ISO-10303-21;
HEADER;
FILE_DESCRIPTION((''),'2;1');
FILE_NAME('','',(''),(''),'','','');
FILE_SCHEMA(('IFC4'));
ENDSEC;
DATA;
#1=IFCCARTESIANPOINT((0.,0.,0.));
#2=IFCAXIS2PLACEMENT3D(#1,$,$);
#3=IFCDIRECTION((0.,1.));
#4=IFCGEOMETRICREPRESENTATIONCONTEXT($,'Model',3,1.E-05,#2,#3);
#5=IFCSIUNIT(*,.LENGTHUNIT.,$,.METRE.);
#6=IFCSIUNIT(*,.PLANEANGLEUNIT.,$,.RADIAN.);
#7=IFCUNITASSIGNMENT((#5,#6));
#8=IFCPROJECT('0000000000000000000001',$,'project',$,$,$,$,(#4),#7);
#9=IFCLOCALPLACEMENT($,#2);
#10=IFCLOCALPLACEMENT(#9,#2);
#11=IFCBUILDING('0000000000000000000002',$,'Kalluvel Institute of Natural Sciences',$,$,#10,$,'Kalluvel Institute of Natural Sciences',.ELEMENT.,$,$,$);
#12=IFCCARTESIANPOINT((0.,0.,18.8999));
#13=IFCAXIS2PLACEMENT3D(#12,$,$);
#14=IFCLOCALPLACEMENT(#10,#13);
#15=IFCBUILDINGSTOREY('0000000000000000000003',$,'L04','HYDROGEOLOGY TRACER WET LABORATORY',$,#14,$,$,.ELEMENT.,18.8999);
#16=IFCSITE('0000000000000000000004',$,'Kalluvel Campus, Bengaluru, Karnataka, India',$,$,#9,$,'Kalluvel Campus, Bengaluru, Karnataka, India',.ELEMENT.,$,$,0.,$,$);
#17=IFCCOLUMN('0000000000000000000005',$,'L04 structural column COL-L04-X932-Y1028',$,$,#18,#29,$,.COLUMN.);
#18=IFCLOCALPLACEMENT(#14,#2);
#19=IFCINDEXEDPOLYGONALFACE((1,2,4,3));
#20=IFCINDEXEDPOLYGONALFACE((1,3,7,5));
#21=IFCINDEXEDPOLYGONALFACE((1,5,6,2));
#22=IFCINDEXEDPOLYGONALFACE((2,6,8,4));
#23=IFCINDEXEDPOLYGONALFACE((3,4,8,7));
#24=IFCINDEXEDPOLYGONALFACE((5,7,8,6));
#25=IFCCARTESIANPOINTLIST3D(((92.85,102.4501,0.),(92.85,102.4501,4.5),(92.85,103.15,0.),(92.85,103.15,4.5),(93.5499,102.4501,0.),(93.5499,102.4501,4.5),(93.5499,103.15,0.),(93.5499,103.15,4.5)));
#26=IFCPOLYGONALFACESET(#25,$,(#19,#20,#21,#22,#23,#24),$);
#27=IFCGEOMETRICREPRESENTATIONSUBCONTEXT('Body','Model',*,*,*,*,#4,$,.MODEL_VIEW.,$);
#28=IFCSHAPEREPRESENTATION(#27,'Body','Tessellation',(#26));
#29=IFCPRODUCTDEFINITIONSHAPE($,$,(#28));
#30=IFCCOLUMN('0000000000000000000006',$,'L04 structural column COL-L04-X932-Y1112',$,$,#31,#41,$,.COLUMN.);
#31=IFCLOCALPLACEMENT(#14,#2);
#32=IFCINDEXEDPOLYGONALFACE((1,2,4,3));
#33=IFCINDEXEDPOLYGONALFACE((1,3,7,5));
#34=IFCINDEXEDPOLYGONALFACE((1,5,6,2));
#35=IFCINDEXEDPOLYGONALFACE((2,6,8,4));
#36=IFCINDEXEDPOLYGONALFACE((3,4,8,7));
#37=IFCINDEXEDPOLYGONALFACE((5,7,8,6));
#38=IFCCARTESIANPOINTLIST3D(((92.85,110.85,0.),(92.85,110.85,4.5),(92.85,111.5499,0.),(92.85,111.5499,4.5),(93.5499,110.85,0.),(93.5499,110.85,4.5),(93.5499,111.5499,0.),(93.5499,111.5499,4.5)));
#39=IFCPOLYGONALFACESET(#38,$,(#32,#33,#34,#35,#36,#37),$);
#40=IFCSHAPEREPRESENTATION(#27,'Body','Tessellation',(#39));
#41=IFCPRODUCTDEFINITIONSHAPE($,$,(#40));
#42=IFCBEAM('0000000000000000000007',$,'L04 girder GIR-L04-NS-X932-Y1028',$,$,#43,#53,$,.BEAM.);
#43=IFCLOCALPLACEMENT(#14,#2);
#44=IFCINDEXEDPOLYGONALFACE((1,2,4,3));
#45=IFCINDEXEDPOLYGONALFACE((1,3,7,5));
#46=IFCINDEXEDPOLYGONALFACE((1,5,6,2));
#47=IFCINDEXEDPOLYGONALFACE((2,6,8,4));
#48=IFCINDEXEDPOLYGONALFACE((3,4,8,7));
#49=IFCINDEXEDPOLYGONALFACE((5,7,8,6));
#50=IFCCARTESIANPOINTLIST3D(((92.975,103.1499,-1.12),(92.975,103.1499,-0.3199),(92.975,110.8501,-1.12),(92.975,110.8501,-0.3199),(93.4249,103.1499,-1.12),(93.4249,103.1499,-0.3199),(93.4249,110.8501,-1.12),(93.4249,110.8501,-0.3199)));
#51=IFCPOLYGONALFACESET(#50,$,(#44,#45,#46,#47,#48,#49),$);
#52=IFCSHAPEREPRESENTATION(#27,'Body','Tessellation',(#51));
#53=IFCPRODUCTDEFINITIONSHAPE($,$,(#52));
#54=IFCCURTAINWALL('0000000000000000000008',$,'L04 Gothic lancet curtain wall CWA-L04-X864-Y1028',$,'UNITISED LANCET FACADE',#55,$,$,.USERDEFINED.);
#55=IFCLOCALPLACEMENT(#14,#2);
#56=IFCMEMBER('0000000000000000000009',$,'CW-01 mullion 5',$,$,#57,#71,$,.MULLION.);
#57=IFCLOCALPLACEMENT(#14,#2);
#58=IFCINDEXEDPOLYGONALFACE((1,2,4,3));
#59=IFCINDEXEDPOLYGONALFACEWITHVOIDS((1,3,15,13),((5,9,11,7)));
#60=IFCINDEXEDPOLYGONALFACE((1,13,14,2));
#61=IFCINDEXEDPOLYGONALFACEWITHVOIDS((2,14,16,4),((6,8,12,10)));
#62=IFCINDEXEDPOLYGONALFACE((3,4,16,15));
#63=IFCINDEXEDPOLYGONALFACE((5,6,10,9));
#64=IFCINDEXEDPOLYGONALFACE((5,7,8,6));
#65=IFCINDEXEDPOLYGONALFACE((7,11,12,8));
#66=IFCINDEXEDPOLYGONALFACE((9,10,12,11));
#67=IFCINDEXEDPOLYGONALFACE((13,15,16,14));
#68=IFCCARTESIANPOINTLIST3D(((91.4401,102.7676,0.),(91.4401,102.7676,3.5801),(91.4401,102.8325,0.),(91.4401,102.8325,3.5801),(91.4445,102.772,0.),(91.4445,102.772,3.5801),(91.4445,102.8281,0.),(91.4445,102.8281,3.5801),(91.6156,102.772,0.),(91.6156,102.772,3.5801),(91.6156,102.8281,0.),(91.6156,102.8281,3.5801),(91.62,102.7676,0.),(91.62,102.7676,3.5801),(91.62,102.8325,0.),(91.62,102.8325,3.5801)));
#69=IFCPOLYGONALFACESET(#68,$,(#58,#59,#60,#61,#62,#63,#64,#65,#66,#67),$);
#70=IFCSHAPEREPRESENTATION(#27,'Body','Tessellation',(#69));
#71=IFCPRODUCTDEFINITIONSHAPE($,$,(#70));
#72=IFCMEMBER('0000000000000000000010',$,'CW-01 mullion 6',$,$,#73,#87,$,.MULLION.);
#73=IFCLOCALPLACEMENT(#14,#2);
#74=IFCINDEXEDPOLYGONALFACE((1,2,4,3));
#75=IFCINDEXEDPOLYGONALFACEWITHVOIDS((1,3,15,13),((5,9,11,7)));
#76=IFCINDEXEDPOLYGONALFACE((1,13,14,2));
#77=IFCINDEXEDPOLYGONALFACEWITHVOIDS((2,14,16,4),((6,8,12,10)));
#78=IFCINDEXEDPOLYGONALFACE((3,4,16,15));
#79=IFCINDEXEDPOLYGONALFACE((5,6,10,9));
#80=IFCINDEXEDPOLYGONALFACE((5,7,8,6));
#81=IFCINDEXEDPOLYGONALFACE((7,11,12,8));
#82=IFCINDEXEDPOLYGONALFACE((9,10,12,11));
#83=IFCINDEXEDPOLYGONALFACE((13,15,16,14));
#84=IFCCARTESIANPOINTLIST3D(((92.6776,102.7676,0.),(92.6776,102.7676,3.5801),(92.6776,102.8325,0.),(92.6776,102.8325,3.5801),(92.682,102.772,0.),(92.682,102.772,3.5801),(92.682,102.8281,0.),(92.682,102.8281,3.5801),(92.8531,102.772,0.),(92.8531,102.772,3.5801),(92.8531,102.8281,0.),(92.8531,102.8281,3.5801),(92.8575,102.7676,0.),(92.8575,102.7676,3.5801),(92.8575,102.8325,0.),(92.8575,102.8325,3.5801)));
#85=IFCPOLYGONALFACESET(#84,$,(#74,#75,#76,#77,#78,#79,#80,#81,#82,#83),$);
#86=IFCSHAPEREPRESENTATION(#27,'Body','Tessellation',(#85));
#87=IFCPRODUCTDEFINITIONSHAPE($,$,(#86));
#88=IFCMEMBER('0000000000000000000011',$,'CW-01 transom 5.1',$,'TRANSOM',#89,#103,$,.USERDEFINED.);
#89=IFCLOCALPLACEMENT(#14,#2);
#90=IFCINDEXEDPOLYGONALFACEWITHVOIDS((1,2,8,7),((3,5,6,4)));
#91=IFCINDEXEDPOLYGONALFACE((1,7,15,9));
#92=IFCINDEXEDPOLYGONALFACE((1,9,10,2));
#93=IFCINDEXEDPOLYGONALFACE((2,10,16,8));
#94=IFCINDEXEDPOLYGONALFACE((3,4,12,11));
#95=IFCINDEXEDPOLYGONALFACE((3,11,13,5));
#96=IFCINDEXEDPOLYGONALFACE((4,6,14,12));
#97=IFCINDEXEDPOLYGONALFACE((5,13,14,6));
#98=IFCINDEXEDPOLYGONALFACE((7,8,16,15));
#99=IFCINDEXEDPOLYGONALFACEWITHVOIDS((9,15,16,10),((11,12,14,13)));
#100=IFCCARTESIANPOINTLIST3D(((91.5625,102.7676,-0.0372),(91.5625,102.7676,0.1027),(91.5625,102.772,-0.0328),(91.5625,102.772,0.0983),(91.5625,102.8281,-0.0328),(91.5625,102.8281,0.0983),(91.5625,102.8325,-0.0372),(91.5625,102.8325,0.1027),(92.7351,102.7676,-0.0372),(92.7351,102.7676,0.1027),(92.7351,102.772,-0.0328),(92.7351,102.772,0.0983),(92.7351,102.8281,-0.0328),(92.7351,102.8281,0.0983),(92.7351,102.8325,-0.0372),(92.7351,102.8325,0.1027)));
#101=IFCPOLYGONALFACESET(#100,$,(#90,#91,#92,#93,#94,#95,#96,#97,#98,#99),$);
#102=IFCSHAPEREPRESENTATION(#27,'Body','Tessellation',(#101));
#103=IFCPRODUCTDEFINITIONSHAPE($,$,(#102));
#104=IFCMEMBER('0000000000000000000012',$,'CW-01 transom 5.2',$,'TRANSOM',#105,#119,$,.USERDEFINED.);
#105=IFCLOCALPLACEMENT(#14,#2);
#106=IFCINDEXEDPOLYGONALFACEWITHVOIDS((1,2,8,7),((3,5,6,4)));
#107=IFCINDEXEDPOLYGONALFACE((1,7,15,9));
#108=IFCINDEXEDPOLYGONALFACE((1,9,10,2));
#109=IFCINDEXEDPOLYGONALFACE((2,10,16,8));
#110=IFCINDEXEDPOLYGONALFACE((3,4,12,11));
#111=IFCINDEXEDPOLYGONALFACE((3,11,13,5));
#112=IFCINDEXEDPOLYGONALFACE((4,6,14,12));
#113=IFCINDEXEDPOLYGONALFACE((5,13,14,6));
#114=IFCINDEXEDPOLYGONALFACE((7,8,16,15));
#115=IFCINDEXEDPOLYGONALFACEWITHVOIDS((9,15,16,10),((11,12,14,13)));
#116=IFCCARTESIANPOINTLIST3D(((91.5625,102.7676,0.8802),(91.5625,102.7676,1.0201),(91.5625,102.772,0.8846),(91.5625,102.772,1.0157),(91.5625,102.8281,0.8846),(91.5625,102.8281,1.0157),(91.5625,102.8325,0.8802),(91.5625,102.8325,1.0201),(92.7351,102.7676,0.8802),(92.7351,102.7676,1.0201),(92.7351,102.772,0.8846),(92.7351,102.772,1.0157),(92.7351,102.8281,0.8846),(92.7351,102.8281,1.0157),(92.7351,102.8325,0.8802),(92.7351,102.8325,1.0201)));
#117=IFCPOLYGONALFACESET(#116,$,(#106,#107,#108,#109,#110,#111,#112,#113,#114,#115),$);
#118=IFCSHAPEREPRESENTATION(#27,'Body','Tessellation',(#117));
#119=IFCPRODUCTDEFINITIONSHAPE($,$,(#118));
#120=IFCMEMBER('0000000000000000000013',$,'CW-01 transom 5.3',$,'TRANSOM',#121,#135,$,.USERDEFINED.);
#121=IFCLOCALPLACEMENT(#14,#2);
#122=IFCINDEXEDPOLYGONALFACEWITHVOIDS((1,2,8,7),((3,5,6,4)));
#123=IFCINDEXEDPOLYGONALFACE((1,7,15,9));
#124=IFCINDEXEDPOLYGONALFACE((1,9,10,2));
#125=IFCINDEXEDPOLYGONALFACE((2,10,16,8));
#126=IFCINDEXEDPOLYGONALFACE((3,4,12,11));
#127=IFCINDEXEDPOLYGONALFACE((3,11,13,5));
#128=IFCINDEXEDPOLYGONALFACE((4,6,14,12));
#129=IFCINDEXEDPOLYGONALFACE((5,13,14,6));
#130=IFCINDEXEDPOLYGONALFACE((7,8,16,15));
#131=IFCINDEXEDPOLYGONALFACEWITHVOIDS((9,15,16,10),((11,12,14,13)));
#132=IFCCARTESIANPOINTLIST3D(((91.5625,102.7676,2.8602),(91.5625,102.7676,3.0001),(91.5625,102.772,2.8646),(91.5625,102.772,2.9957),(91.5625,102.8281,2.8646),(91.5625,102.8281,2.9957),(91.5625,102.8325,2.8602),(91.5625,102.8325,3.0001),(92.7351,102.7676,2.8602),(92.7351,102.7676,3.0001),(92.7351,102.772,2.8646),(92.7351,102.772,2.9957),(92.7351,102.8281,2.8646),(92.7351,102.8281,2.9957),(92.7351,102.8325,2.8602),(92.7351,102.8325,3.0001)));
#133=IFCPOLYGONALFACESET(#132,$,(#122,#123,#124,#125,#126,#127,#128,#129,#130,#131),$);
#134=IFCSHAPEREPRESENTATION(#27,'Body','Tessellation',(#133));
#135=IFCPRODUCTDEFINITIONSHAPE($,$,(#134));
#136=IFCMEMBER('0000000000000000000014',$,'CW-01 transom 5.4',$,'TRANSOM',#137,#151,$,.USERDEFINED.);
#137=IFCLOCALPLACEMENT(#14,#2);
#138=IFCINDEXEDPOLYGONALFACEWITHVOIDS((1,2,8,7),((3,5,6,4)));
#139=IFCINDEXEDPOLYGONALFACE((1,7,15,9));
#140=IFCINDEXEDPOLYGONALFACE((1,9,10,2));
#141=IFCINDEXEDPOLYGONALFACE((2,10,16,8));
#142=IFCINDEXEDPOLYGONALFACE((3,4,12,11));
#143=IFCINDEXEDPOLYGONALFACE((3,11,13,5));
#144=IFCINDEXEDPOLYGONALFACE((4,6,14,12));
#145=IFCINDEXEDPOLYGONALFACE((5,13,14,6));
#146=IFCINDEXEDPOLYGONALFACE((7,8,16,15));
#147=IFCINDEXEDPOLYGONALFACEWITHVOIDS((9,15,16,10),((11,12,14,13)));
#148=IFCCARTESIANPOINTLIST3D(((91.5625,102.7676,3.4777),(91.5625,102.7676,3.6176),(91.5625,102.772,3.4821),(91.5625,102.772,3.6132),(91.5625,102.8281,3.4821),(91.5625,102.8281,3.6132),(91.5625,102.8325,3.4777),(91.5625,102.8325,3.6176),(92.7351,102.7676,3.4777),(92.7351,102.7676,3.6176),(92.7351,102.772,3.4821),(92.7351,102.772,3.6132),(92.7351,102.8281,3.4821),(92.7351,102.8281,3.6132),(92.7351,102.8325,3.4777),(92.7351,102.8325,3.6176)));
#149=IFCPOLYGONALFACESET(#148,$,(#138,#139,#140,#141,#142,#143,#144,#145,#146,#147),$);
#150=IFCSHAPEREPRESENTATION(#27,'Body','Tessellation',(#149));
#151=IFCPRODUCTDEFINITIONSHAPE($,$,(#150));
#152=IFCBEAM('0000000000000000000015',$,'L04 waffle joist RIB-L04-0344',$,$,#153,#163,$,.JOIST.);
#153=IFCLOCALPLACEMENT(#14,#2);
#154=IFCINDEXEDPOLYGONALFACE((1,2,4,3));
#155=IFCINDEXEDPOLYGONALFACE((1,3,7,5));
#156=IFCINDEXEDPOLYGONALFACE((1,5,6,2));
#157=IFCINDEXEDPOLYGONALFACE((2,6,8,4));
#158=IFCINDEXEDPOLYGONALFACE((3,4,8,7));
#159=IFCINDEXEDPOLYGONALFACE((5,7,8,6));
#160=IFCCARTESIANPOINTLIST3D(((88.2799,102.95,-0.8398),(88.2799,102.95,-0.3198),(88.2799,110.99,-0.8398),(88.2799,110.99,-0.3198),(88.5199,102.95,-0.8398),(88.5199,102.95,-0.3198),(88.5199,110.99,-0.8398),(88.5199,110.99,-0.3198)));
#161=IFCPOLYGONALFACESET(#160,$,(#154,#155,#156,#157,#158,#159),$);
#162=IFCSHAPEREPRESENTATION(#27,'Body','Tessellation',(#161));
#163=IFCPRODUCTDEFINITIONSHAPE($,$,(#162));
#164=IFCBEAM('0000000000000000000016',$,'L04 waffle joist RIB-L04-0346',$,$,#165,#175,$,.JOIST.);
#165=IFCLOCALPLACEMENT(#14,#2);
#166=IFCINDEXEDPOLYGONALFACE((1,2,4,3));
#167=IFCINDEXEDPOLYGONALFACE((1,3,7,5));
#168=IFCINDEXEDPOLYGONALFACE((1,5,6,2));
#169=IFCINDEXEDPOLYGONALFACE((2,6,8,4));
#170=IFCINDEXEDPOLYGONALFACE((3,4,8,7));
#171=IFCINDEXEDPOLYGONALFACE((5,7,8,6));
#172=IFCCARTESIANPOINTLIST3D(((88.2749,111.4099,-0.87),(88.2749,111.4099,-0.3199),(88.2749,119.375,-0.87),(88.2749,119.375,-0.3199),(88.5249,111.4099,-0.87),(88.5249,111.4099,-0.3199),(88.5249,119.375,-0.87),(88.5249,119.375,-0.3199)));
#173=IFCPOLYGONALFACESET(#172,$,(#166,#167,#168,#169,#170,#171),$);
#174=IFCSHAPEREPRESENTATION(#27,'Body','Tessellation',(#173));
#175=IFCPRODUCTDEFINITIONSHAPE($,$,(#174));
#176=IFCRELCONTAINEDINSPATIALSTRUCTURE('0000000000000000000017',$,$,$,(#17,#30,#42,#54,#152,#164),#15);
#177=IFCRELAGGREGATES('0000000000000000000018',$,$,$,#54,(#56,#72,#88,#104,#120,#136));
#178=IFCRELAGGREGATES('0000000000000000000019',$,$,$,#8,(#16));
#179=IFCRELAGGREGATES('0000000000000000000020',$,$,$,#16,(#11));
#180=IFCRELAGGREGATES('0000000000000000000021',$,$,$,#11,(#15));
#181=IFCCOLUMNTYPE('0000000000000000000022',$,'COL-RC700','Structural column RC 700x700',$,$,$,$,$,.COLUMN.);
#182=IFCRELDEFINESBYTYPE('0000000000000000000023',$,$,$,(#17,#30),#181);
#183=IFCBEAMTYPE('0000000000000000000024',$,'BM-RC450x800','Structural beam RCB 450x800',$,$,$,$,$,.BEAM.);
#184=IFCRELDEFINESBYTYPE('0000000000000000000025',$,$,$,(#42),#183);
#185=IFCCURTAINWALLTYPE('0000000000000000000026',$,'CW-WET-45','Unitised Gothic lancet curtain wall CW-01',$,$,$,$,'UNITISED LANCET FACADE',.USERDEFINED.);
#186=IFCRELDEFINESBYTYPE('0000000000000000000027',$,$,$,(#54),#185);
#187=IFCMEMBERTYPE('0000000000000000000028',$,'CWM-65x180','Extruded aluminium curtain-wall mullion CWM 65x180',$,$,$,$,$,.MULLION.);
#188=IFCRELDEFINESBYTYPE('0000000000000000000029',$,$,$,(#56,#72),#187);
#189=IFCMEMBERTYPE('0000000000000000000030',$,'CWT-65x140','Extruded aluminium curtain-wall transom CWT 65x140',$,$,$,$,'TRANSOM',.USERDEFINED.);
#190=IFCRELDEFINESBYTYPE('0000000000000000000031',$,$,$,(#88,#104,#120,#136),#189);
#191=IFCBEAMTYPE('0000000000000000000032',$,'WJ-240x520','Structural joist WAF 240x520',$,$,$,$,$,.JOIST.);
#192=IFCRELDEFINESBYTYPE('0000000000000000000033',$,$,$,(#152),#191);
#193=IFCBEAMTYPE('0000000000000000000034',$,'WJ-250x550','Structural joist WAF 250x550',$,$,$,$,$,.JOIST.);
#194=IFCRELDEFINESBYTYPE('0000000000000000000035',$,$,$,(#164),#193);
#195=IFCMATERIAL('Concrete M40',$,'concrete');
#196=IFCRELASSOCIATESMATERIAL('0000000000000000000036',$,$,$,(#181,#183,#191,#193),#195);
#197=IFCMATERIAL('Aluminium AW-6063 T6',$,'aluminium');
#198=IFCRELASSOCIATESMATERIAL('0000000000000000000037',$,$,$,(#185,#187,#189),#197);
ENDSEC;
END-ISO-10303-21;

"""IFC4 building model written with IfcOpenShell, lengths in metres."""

from ifc_helpers import new_model, si_unit, direction, frame, origin, origin_2d, place, context, subcontext, project, spatial, rectangle, hollow_rectangle, extrude, material, material_profile, profile_set, type_object, element, aggregate, save


model = new_model("IFC4")

# Units and contexts
model_context = context("Model", 3, precision=1e-05, world=origin(), true_north=direction((0.0, 1.0)))
body_context = subcontext(model_context, "Body", "Model", "MODEL_VIEW")
ifc_project = project(units=[si_unit("LENGTHUNIT", "METRE"), si_unit("PLANEANGLEUNIT", "RADIAN")], contexts=[model_context])

# Site, building, storey
site_placement = place(None, origin())
site = spatial("IfcSite", under=ifc_project, at=site_placement, Name="Kalluvel Campus, Bengaluru, Karnataka, India", LongName="Kalluvel Campus, Bengaluru, Karnataka, India", CompositionType="ELEMENT", RefElevation=0.0)
building_placement = place(site_placement, origin())
building = spatial("IfcBuilding", under=site, at=building_placement, Name="Kalluvel Institute of Natural Sciences", LongName="Kalluvel Institute of Natural Sciences", CompositionType="ELEMENT")
storey_placement = place(building_placement, frame((0.0, 0.0, 18.8999)))
storey = spatial("IfcBuildingStorey", under=building, at=storey_placement, Name="L04", Description="HYDROGEOLOGY TRACER WET LABORATORY", CompositionType="ELEMENT", Elevation=18.8999)

# Columns
ifc_material_1 = material(Name="Concrete M40", Category="concrete")
ifc_material_profile_1 = material_profile(ifc_material_1, rectangle(XDim=0.7, YDim=0.7, at=origin_2d()), Name="RC 700x700")
ifc_profile_set_1 = profile_set([ifc_material_profile_1], Name="Concrete M40")
column_type = type_object("IfcColumnType", Name="COL-RC700", Description="Structural column RC 700x700", PredefinedType="COLUMN", material=ifc_profile_set_1)
for number, where, z_axis, x_axis, name in (
    (1, (93.2, 102.8, 0.0), (0.0, 0.0, 1.0), (1.0, 0.0, 0.0), "L04 structural column COL-L04-X932-Y1028"),
    (2, (93.2, 111.2, 0.0), (0.0, 0.0, 1.0), (1.0, 0.0, 0.0), "L04 structural column COL-L04-X932-Y1112"),
):
    element("IfcColumn", number, at=place(storey_placement, frame(where, z_axis=z_axis, x_axis=x_axis)), inside=storey, type_object=column_type, Name=name, PredefinedType="COLUMN", context=body_context, shape_type="SweptSolid", body=[
        extrude(rectangle(XDim=0.7, YDim=0.7, at=origin_2d()), origin(), (0.0, 0.0, 1.0), 4.5),
    ])

# Beam
ifc_material_profile_2 = material_profile(ifc_material_1, rectangle(XDim=0.45, YDim=0.8, at=origin_2d()), Name="RCB 450x800")
ifc_profile_set_2 = profile_set([ifc_material_profile_2], Name="Concrete M40")
beam_type_1 = type_object("IfcBeamType", Name="BM-RC450x800", Description="Structural beam RCB 450x800", PredefinedType="BEAM", material=ifc_profile_set_2)
beam_1_placement = place(storey_placement, frame((93.2, 103.1499, -0.72), z_axis=(0.0, 1.0, 0.0), x_axis=(-1.0, 0.0, 0.0)))
element("IfcBeam", 3, at=beam_1_placement, inside=storey, type_object=beam_type_1, Name="L04 girder GIR-L04-NS-X932-Y1028", PredefinedType="BEAM", context=body_context, shape_type="SweptSolid", body=[
    extrude(rectangle(XDim=0.45, YDim=0.8, at=origin_2d()), origin(), (0.0, 0.0, 1.0), 7.7002),
])

# Curtain wall, members
ifc_material_2 = material(Name="Aluminium AW-6063 T6", Category="aluminium")
curtain_wall_type = type_object("IfcCurtainWallType", Name="CW-WET-45", Description="Unitised Gothic lancet curtain wall CW-01", ElementType="UNITISED LANCET FACADE", PredefinedType="USERDEFINED", material=ifc_material_2)
curtain_wall_placement = place(storey_placement, origin())
curtain_wall = element("IfcCurtainWall", 4, at=curtain_wall_placement, inside=storey, type_object=curtain_wall_type, Name="L04 Gothic lancet curtain wall CWA-L04-X864-Y1028", ObjectType="UNITISED LANCET FACADE", PredefinedType="USERDEFINED")
ifc_material_profile_3 = material_profile(ifc_material_2, hollow_rectangle(XDim=0.0649, YDim=0.1799, WallThickness=0.0044, at=origin_2d()), Name="CWM 65x180")
ifc_profile_set_3 = profile_set([ifc_material_profile_3], Name="Aluminium AW-6063 T6")
member_type_1 = type_object("IfcMemberType", Name="CWM-65x180", Description="Extruded aluminium curtain-wall mullion CWM 65x180", PredefinedType="MULLION", material=ifc_profile_set_3)
member_1_placement = place(storey_placement, frame((91.53, 102.8, 0.0), z_axis=(0.0, 0.0, 1.0), x_axis=(0.0, 1.0, 0.0)))
member_1 = element("IfcMember", 5, at=member_1_placement, type_object=member_type_1, Name="CW-01 mullion 5", PredefinedType="MULLION", context=body_context, shape_type="SweptSolid", body=[
    extrude(hollow_rectangle(XDim=0.0649, YDim=0.1799, WallThickness=0.0044, at=origin_2d()), origin(), (0.0, 0.0, 1.0), 3.5801),
])
member_2_placement = place(storey_placement, frame((92.7676, 102.8, 0.0), z_axis=(0.0, 0.0, 1.0), x_axis=(0.0, 1.0, 0.0)))
member_2 = element("IfcMember", 6, at=member_2_placement, type_object=member_type_1, Name="CW-01 mullion 6", PredefinedType="MULLION", context=body_context, shape_type="SweptSolid", body=[
    extrude(hollow_rectangle(XDim=0.0649, YDim=0.1799, WallThickness=0.0044, at=origin_2d()), origin(), (0.0, 0.0, 1.0), 3.5801),
])
ifc_material_profile_4 = material_profile(ifc_material_2, hollow_rectangle(XDim=0.0649, YDim=0.1399, WallThickness=0.0044, at=origin_2d()), Name="CWT 65x140")
ifc_profile_set_4 = profile_set([ifc_material_profile_4], Name="Aluminium AW-6063 T6")
member_type_2 = type_object("IfcMemberType", Name="CWT-65x140", Description="Extruded aluminium curtain-wall transom CWT 65x140", ElementType="TRANSOM", PredefinedType="USERDEFINED", material=ifc_profile_set_4)
member_3_placement = place(storey_placement, frame((91.5625, 102.8, 0.0327), z_axis=(1.0, 0.0, 0.0), x_axis=(0.0, 1.0, 0.0)))
member_3 = element("IfcMember", 7, at=member_3_placement, type_object=member_type_2, Name="CW-01 transom 5.1", ObjectType="TRANSOM", PredefinedType="USERDEFINED", context=body_context, shape_type="SweptSolid", body=[
    extrude(hollow_rectangle(XDim=0.0649, YDim=0.1399, WallThickness=0.0044, at=origin_2d()), origin(), (0.0, 0.0, 1.0), 1.1726),
])
member_4_placement = place(storey_placement, frame((91.5625, 102.8, 0.9502), z_axis=(1.0, 0.0, 0.0), x_axis=(0.0, 1.0, 0.0)))
member_4 = element("IfcMember", 8, at=member_4_placement, type_object=member_type_2, Name="CW-01 transom 5.2", ObjectType="TRANSOM", PredefinedType="USERDEFINED", context=body_context, shape_type="SweptSolid", body=[
    extrude(hollow_rectangle(XDim=0.0649, YDim=0.1399, WallThickness=0.0044, at=origin_2d()), origin(), (0.0, 0.0, 1.0), 1.1726),
])
member_5_placement = place(storey_placement, frame((91.5625, 102.8, 2.9302), z_axis=(1.0, 0.0, 0.0), x_axis=(0.0, 1.0, 0.0)))
member_5 = element("IfcMember", 9, at=member_5_placement, type_object=member_type_2, Name="CW-01 transom 5.3", ObjectType="TRANSOM", PredefinedType="USERDEFINED", context=body_context, shape_type="SweptSolid", body=[
    extrude(hollow_rectangle(XDim=0.0649, YDim=0.1399, WallThickness=0.0044, at=origin_2d()), origin(), (0.0, 0.0, 1.0), 1.1726),
])
member_6_placement = place(storey_placement, frame((91.5625, 102.8, 3.5476), z_axis=(1.0, 0.0, 0.0), x_axis=(0.0, 1.0, 0.0)))
member_6 = element("IfcMember", 10, at=member_6_placement, type_object=member_type_2, Name="CW-01 transom 5.4", ObjectType="TRANSOM", PredefinedType="USERDEFINED", context=body_context, shape_type="SweptSolid", body=[
    extrude(hollow_rectangle(XDim=0.0649, YDim=0.1399, WallThickness=0.0044, at=origin_2d()), origin(), (0.0, 0.0, 1.0), 1.1726),
])

# Beams
ifc_material_profile_5 = material_profile(ifc_material_1, rectangle(XDim=0.24, YDim=0.52, at=origin_2d()), Name="WAF 240x520")
ifc_profile_set_5 = profile_set([ifc_material_profile_5], Name="Concrete M40")
beam_type_2 = type_object("IfcBeamType", Name="WJ-240x520", Description="Structural joist WAF 240x520", PredefinedType="JOIST", material=ifc_profile_set_5)
beam_2_placement = place(storey_placement, frame((88.3999, 102.95, -0.5798), z_axis=(0.0, 1.0, 0.0), x_axis=(-1.0, 0.0, 0.0)))
element("IfcBeam", 11, at=beam_2_placement, inside=storey, type_object=beam_type_2, Name="L04 waffle joist RIB-L04-0344", PredefinedType="JOIST", context=body_context, shape_type="SweptSolid", body=[
    extrude(rectangle(XDim=0.24, YDim=0.52, at=origin_2d()), origin(), (0.0, 0.0, 1.0), 8.04),
])
ifc_material_profile_6 = material_profile(ifc_material_1, rectangle(XDim=0.25, YDim=0.55, at=origin_2d()), Name="WAF 250x550")
ifc_profile_set_6 = profile_set([ifc_material_profile_6], Name="Concrete M40")
beam_type_3 = type_object("IfcBeamType", Name="WJ-250x550", Description="Structural joist WAF 250x550", PredefinedType="JOIST", material=ifc_profile_set_6)
beam_3_placement = place(storey_placement, frame((88.3999, 111.4099, -0.595), z_axis=(0.0, 1.0, 0.0), x_axis=(-1.0, 0.0, 0.0)))
element("IfcBeam", 12, at=beam_3_placement, inside=storey, type_object=beam_type_3, Name="L04 waffle joist RIB-L04-0346", PredefinedType="JOIST", context=body_context, shape_type="SweptSolid", body=[
    extrude(rectangle(XDim=0.25, YDim=0.55, at=origin_2d()), origin(), (0.0, 0.0, 1.0), 7.9651),
])

aggregate(curtain_wall, [member_1, member_2, member_3, member_4, member_5, member_6])

save(model, "model.ifc")
